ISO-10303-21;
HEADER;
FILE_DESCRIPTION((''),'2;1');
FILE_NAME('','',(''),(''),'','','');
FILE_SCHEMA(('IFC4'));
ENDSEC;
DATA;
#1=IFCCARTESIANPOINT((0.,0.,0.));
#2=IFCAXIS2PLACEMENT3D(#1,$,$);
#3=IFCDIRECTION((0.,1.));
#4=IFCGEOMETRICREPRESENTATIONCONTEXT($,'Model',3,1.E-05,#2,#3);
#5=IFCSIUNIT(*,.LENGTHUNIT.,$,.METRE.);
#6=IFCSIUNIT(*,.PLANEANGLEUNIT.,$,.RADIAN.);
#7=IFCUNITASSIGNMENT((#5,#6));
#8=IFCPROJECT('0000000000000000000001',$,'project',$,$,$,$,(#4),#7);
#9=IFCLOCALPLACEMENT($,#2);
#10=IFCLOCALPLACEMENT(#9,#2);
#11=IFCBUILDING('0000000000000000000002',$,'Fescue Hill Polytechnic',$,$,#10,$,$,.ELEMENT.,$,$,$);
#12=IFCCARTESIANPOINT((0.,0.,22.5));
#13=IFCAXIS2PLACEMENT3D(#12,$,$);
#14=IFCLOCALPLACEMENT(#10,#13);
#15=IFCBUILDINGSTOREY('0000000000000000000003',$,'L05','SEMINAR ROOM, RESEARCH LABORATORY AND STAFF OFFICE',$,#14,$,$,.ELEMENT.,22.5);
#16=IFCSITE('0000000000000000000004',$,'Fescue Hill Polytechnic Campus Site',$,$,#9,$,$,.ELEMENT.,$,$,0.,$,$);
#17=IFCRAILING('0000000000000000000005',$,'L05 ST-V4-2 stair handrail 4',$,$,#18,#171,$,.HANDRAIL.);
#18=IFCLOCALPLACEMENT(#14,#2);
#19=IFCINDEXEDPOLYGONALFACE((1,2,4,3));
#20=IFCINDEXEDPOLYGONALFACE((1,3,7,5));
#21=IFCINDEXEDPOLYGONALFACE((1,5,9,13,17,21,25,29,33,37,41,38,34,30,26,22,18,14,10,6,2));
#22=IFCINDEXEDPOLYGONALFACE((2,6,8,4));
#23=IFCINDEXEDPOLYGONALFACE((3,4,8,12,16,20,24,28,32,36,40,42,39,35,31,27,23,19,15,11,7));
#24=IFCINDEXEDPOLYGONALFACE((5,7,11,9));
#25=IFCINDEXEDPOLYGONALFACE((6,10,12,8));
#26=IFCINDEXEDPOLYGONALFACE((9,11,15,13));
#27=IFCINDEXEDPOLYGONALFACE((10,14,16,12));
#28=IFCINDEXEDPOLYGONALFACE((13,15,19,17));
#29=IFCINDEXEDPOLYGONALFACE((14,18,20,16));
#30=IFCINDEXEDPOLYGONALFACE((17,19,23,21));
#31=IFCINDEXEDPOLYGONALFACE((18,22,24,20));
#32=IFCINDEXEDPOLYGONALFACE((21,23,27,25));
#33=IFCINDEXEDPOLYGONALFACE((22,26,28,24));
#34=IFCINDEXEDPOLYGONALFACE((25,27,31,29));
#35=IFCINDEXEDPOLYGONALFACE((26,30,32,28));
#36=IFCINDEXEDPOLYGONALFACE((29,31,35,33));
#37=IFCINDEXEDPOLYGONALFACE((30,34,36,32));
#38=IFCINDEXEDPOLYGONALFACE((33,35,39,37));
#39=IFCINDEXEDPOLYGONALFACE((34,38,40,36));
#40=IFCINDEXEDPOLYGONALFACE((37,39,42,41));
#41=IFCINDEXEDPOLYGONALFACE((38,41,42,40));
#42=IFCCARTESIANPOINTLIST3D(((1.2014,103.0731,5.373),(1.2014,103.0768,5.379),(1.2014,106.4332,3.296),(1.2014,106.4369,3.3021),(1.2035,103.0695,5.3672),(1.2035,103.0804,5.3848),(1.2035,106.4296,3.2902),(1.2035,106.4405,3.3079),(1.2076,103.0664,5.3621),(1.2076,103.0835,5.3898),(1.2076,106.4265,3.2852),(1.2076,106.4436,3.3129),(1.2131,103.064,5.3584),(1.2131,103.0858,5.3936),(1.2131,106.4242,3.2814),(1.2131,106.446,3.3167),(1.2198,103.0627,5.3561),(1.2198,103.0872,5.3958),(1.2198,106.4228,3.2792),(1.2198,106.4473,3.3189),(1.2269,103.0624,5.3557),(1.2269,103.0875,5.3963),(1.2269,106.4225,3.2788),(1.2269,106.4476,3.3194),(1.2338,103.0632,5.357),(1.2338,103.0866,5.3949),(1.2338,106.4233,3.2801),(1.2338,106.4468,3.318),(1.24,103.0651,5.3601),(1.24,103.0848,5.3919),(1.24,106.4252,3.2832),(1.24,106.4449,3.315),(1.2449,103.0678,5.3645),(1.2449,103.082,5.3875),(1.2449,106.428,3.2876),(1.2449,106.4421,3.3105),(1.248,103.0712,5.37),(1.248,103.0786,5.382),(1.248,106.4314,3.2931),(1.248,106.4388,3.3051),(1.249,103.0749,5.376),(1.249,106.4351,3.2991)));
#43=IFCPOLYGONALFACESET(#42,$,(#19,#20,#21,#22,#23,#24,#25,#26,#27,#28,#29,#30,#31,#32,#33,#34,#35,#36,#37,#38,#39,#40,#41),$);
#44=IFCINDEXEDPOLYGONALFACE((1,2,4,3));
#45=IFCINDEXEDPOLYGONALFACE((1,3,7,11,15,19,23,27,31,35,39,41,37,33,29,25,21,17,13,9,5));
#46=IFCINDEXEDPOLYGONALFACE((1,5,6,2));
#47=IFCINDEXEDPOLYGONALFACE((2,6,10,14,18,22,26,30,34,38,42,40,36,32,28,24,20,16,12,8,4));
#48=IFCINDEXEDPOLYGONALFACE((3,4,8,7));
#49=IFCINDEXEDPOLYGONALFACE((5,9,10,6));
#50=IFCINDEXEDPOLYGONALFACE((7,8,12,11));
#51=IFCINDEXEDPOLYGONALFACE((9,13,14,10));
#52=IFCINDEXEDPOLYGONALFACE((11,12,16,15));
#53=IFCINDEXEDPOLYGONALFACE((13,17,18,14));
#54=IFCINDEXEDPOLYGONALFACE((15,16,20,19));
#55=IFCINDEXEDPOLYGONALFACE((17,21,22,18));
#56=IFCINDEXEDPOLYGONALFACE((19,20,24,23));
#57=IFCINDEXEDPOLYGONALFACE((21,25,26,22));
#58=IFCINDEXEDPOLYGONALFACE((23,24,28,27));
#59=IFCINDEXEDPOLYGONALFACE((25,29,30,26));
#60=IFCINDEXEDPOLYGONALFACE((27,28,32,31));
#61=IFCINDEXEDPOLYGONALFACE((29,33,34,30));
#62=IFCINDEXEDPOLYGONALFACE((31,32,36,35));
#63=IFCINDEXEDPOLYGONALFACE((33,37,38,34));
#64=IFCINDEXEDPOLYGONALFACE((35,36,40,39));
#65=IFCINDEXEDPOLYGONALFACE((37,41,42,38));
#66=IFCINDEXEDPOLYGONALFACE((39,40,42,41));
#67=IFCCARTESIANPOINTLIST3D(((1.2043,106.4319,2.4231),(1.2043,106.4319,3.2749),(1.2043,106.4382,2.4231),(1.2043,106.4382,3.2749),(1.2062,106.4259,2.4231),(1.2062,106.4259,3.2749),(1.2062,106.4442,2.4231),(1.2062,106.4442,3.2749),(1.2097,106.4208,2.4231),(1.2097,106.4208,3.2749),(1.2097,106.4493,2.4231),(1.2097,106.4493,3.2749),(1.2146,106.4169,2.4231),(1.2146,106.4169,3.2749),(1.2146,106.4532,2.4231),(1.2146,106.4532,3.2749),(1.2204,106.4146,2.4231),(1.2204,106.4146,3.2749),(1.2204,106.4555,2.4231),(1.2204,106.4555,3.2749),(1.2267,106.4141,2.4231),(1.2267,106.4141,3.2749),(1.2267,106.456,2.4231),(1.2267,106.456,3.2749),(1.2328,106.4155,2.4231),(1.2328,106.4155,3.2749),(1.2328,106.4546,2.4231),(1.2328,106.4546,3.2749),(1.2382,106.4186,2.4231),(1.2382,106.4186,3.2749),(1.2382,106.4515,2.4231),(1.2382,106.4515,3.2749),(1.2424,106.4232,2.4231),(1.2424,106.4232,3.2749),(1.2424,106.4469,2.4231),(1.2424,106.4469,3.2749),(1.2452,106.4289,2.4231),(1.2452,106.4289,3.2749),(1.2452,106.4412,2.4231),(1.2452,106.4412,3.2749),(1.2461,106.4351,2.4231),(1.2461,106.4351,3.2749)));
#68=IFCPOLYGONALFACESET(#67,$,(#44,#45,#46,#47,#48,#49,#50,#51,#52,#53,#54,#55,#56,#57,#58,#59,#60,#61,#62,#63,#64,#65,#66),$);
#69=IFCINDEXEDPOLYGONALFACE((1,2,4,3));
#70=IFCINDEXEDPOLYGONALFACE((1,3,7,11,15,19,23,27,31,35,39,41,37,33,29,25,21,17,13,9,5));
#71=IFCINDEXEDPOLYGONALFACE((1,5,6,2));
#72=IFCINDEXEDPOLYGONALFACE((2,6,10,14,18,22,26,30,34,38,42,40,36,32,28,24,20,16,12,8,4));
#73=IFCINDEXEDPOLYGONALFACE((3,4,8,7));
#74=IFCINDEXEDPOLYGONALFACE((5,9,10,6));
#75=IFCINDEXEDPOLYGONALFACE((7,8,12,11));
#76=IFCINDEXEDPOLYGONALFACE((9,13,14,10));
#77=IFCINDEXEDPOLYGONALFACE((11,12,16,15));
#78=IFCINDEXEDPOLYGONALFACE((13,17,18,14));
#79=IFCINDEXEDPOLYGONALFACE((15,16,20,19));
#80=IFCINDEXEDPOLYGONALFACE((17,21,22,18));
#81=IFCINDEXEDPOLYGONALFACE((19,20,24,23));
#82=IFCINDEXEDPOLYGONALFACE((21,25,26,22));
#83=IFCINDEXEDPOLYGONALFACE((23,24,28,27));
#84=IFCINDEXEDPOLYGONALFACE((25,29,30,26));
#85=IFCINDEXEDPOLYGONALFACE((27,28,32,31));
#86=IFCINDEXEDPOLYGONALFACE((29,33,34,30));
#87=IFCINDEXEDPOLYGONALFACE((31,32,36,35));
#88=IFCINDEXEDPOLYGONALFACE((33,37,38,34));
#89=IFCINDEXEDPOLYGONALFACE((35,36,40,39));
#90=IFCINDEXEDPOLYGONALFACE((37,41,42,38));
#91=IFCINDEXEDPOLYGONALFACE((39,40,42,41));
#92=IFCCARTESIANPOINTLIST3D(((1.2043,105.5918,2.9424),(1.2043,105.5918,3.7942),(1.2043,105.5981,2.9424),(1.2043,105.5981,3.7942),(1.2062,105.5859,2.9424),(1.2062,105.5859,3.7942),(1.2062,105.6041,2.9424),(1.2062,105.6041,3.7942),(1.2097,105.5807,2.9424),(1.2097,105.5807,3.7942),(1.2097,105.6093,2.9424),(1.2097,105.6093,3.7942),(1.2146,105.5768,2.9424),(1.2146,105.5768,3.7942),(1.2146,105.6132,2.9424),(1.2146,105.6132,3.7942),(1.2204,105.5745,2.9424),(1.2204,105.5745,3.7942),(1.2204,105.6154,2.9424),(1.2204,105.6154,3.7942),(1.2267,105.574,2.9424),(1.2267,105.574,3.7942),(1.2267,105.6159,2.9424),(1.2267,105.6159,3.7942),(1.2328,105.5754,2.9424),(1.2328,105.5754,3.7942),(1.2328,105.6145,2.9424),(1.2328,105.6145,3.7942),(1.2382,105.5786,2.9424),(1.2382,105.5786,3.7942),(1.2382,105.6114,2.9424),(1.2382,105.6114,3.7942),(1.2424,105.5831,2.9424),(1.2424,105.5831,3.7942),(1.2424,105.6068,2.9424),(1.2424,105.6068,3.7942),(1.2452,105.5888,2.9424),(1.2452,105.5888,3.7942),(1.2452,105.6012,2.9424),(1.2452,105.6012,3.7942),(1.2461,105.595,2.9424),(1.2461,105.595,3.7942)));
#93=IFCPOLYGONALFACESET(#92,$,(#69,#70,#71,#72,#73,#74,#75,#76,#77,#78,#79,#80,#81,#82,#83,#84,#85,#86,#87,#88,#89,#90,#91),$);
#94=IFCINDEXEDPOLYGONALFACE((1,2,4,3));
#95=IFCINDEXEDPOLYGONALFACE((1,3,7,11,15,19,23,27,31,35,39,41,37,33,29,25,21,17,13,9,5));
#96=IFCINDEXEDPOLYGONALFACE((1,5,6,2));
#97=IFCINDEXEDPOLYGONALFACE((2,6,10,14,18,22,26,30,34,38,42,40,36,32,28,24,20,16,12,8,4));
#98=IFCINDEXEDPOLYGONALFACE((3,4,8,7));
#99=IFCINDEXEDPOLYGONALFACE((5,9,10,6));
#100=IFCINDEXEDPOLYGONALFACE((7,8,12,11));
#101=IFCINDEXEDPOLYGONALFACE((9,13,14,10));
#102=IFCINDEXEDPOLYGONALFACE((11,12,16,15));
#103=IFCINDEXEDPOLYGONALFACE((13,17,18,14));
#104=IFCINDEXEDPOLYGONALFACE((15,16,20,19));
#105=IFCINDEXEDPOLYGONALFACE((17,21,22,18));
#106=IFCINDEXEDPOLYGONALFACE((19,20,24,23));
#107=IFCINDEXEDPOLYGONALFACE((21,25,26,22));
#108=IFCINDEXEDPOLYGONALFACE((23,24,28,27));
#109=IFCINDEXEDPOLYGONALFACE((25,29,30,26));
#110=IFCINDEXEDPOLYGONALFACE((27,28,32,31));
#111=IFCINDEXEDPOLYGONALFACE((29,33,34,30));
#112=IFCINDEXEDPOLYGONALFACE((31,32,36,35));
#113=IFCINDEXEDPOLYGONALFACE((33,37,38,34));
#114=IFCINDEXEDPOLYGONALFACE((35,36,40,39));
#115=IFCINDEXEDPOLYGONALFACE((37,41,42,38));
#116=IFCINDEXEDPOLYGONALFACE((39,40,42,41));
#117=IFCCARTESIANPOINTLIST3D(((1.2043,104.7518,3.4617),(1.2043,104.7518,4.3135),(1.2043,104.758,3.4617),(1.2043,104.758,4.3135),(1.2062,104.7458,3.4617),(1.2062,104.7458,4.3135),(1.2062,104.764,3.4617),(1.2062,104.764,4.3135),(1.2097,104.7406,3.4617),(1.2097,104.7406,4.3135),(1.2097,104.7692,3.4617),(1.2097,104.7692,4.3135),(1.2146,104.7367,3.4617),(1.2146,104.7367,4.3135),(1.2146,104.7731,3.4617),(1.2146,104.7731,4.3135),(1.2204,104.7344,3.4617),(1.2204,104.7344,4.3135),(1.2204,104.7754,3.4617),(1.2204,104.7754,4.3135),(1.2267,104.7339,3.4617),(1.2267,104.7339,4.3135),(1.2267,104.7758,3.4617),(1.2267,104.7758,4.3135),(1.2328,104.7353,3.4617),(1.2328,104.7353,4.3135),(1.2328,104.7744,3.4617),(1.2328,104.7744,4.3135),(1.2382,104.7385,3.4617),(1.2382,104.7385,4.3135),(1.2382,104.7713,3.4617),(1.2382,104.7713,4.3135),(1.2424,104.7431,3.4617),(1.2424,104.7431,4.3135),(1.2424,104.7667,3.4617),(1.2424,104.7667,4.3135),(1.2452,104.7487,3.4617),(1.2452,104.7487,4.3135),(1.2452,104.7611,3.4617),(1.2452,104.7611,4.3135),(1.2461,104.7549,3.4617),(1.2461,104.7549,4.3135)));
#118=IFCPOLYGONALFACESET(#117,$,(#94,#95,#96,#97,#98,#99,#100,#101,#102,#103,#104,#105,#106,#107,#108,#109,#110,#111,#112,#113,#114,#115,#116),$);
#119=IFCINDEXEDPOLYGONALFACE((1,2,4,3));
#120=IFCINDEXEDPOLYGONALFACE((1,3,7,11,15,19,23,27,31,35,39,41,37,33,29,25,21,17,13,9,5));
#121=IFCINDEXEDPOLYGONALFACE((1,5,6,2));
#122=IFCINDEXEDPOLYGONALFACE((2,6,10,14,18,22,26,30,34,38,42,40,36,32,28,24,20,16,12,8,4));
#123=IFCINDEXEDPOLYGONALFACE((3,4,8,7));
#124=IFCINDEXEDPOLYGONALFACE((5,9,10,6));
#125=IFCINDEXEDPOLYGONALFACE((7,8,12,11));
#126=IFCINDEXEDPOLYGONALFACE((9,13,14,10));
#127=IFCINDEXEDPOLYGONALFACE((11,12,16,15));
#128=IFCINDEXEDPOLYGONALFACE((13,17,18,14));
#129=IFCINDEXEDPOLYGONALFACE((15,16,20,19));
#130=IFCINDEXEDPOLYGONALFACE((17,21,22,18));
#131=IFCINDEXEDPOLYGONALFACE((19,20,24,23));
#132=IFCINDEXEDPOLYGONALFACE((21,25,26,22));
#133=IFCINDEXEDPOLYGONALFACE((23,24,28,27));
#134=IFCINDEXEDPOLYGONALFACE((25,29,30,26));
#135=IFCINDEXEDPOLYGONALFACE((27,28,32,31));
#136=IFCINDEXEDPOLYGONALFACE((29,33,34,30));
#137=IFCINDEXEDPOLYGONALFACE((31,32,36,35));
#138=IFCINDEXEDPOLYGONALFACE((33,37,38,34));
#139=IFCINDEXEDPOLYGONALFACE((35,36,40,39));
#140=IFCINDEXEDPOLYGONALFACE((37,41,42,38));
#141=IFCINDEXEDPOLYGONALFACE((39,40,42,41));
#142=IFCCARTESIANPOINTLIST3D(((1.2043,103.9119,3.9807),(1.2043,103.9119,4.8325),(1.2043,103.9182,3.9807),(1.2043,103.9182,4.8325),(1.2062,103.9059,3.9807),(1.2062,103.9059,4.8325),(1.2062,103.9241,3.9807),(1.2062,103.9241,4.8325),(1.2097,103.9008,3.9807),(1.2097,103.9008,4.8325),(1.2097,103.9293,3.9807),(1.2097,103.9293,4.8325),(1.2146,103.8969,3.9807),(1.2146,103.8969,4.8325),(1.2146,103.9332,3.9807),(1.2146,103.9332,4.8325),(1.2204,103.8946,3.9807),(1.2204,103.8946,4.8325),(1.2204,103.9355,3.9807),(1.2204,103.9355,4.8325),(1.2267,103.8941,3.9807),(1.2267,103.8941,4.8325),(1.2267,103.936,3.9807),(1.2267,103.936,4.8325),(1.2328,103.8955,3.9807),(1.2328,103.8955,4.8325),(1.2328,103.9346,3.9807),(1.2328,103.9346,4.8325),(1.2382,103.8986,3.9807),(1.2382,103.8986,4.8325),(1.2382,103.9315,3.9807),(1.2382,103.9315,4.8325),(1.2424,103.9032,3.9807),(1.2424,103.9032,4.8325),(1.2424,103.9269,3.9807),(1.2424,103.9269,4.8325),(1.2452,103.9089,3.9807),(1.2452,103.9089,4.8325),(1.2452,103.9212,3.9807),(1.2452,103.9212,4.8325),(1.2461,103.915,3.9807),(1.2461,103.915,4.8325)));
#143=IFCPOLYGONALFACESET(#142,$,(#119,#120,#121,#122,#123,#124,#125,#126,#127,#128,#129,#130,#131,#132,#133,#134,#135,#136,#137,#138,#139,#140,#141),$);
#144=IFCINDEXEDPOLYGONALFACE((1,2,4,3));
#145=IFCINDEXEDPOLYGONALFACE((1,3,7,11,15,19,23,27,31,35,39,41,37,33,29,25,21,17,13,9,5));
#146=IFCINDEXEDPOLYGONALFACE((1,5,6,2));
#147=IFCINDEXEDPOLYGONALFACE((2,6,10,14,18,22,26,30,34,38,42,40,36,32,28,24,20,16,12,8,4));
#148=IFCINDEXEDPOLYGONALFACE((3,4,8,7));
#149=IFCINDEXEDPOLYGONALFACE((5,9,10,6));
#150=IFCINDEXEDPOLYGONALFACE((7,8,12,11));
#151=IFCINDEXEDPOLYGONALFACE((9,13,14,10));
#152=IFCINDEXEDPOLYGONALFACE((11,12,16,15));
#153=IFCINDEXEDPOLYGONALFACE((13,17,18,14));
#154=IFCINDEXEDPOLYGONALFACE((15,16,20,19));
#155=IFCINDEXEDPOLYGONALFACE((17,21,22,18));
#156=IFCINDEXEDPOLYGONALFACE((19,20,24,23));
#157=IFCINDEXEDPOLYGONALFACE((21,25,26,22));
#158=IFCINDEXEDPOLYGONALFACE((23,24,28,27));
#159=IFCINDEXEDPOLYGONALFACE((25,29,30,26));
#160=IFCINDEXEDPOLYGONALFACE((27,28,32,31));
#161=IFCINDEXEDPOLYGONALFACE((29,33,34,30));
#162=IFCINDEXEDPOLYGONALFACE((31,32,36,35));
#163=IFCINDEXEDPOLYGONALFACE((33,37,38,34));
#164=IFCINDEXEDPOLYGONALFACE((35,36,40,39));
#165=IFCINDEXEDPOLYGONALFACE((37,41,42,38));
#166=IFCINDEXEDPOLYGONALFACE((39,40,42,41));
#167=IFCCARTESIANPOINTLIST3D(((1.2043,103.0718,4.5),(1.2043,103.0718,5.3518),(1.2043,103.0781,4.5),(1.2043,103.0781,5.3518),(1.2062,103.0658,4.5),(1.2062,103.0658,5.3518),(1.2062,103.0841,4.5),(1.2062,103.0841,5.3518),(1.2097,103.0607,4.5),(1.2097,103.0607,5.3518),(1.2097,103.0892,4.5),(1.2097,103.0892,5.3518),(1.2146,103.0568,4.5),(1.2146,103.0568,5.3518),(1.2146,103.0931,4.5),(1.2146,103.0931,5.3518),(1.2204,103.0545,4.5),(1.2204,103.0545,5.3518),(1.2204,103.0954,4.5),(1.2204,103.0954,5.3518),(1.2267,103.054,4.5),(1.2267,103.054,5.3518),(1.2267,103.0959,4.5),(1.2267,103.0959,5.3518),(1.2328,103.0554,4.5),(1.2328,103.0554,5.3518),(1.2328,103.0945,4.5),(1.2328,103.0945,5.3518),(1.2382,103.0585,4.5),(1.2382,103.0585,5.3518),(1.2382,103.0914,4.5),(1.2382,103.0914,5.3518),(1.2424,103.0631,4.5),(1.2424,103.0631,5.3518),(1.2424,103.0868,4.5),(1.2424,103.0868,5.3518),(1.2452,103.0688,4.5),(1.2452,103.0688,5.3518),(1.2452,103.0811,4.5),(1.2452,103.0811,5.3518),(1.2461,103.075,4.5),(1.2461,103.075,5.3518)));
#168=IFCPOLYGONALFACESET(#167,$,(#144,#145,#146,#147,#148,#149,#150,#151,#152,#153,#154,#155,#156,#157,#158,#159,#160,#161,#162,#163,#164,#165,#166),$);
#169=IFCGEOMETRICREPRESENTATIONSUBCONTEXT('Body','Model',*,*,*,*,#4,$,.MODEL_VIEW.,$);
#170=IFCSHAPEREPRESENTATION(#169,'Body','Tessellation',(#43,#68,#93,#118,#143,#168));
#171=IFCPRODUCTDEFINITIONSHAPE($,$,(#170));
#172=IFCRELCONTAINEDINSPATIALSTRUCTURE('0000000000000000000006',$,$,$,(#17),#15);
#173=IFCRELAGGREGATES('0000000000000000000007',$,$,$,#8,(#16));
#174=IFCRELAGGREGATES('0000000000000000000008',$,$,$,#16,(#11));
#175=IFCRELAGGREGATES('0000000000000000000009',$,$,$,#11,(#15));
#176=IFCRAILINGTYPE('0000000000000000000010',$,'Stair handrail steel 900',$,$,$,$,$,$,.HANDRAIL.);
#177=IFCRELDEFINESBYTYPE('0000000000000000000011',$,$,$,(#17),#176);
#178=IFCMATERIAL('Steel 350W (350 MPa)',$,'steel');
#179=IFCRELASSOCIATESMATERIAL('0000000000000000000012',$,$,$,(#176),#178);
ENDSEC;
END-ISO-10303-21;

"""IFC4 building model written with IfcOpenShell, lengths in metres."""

from ifc_helpers import new_model, si_unit, direction, frame, origin, origin_2d, place, context, subcontext, project, spatial, circle, extrude, material, type_object, element, save


model = new_model("IFC4")

# Units and contexts
model_context = context("Model", 3, precision=1e-05, world=origin(), true_north=direction((0.0, 1.0)))
body_context = subcontext(model_context, "Body", "Model", "MODEL_VIEW")
ifc_project = project(units=[si_unit("LENGTHUNIT", "METRE"), si_unit("PLANEANGLEUNIT", "RADIAN")], contexts=[model_context])

# Site, building, storey
site_placement = place(None, origin())
site = spatial("IfcSite", under=ifc_project, at=site_placement, Name="Fescue Hill Polytechnic Campus Site", CompositionType="ELEMENT", RefElevation=0.0)
building_placement = place(site_placement, origin())
building = spatial("IfcBuilding", under=site, at=building_placement, Name="Fescue Hill Polytechnic", CompositionType="ELEMENT")
storey_placement = place(building_placement, frame((0.0, 0.0, 22.5)))
storey = spatial("IfcBuildingStorey", under=building, at=storey_placement, Name="L05", Description="SEMINAR ROOM, RESEARCH LABORATORY AND STAFF OFFICE", CompositionType="ELEMENT", Elevation=22.5)

# Railing
ifc_material_1 = material(Name="Steel 350W (350 MPa)", Category="steel")
railing_type_1 = type_object("IfcRailingType", Name="Stair handrail steel 900", PredefinedType="HANDRAIL", material=ifc_material_1)
railing_1_placement = place(storey_placement, frame((1.2251, 106.4351, 2.4231)))
element("IfcRailing", 1, at=railing_1_placement, inside=storey, type_object=railing_type_1, Name="L05 ST-V4-2 stair handrail 4", PredefinedType="HANDRAIL", context=body_context, shape_type="SweptSolid", body=[
    extrude(circle(Radius=0.0239, at=origin_2d()), frame((0.0, 0.0, 0.876), z_axis=(0.0, -0.850623, 0.525776), x_axis=(1.0, 0.0, 0.0)), (0.0, 0.0, 1.0), 3.9502),
    extrude(circle(Radius=0.021, at=origin_2d()), origin(), (0.0, 0.0, 1.0), 0.8518),
    extrude(circle(Radius=0.021, at=origin_2d()), frame((0.0, -0.8401, 0.5193)), (0.0, 0.0, 1.0), 0.8518),
    extrude(circle(Radius=0.021, at=origin_2d()), frame((0.0, -1.6802, 1.0386)), (0.0, 0.0, 1.0), 0.8518),
    extrude(circle(Radius=0.021, at=origin_2d()), frame((0.0, -2.52, 1.5576)), (0.0, 0.0, 1.0), 0.8518),
    extrude(circle(Radius=0.021, at=origin_2d()), frame((0.0, -3.3601, 2.0769)), (0.0, 0.0, 1.0), 0.8518),
])

save(model, "model.ifc")
